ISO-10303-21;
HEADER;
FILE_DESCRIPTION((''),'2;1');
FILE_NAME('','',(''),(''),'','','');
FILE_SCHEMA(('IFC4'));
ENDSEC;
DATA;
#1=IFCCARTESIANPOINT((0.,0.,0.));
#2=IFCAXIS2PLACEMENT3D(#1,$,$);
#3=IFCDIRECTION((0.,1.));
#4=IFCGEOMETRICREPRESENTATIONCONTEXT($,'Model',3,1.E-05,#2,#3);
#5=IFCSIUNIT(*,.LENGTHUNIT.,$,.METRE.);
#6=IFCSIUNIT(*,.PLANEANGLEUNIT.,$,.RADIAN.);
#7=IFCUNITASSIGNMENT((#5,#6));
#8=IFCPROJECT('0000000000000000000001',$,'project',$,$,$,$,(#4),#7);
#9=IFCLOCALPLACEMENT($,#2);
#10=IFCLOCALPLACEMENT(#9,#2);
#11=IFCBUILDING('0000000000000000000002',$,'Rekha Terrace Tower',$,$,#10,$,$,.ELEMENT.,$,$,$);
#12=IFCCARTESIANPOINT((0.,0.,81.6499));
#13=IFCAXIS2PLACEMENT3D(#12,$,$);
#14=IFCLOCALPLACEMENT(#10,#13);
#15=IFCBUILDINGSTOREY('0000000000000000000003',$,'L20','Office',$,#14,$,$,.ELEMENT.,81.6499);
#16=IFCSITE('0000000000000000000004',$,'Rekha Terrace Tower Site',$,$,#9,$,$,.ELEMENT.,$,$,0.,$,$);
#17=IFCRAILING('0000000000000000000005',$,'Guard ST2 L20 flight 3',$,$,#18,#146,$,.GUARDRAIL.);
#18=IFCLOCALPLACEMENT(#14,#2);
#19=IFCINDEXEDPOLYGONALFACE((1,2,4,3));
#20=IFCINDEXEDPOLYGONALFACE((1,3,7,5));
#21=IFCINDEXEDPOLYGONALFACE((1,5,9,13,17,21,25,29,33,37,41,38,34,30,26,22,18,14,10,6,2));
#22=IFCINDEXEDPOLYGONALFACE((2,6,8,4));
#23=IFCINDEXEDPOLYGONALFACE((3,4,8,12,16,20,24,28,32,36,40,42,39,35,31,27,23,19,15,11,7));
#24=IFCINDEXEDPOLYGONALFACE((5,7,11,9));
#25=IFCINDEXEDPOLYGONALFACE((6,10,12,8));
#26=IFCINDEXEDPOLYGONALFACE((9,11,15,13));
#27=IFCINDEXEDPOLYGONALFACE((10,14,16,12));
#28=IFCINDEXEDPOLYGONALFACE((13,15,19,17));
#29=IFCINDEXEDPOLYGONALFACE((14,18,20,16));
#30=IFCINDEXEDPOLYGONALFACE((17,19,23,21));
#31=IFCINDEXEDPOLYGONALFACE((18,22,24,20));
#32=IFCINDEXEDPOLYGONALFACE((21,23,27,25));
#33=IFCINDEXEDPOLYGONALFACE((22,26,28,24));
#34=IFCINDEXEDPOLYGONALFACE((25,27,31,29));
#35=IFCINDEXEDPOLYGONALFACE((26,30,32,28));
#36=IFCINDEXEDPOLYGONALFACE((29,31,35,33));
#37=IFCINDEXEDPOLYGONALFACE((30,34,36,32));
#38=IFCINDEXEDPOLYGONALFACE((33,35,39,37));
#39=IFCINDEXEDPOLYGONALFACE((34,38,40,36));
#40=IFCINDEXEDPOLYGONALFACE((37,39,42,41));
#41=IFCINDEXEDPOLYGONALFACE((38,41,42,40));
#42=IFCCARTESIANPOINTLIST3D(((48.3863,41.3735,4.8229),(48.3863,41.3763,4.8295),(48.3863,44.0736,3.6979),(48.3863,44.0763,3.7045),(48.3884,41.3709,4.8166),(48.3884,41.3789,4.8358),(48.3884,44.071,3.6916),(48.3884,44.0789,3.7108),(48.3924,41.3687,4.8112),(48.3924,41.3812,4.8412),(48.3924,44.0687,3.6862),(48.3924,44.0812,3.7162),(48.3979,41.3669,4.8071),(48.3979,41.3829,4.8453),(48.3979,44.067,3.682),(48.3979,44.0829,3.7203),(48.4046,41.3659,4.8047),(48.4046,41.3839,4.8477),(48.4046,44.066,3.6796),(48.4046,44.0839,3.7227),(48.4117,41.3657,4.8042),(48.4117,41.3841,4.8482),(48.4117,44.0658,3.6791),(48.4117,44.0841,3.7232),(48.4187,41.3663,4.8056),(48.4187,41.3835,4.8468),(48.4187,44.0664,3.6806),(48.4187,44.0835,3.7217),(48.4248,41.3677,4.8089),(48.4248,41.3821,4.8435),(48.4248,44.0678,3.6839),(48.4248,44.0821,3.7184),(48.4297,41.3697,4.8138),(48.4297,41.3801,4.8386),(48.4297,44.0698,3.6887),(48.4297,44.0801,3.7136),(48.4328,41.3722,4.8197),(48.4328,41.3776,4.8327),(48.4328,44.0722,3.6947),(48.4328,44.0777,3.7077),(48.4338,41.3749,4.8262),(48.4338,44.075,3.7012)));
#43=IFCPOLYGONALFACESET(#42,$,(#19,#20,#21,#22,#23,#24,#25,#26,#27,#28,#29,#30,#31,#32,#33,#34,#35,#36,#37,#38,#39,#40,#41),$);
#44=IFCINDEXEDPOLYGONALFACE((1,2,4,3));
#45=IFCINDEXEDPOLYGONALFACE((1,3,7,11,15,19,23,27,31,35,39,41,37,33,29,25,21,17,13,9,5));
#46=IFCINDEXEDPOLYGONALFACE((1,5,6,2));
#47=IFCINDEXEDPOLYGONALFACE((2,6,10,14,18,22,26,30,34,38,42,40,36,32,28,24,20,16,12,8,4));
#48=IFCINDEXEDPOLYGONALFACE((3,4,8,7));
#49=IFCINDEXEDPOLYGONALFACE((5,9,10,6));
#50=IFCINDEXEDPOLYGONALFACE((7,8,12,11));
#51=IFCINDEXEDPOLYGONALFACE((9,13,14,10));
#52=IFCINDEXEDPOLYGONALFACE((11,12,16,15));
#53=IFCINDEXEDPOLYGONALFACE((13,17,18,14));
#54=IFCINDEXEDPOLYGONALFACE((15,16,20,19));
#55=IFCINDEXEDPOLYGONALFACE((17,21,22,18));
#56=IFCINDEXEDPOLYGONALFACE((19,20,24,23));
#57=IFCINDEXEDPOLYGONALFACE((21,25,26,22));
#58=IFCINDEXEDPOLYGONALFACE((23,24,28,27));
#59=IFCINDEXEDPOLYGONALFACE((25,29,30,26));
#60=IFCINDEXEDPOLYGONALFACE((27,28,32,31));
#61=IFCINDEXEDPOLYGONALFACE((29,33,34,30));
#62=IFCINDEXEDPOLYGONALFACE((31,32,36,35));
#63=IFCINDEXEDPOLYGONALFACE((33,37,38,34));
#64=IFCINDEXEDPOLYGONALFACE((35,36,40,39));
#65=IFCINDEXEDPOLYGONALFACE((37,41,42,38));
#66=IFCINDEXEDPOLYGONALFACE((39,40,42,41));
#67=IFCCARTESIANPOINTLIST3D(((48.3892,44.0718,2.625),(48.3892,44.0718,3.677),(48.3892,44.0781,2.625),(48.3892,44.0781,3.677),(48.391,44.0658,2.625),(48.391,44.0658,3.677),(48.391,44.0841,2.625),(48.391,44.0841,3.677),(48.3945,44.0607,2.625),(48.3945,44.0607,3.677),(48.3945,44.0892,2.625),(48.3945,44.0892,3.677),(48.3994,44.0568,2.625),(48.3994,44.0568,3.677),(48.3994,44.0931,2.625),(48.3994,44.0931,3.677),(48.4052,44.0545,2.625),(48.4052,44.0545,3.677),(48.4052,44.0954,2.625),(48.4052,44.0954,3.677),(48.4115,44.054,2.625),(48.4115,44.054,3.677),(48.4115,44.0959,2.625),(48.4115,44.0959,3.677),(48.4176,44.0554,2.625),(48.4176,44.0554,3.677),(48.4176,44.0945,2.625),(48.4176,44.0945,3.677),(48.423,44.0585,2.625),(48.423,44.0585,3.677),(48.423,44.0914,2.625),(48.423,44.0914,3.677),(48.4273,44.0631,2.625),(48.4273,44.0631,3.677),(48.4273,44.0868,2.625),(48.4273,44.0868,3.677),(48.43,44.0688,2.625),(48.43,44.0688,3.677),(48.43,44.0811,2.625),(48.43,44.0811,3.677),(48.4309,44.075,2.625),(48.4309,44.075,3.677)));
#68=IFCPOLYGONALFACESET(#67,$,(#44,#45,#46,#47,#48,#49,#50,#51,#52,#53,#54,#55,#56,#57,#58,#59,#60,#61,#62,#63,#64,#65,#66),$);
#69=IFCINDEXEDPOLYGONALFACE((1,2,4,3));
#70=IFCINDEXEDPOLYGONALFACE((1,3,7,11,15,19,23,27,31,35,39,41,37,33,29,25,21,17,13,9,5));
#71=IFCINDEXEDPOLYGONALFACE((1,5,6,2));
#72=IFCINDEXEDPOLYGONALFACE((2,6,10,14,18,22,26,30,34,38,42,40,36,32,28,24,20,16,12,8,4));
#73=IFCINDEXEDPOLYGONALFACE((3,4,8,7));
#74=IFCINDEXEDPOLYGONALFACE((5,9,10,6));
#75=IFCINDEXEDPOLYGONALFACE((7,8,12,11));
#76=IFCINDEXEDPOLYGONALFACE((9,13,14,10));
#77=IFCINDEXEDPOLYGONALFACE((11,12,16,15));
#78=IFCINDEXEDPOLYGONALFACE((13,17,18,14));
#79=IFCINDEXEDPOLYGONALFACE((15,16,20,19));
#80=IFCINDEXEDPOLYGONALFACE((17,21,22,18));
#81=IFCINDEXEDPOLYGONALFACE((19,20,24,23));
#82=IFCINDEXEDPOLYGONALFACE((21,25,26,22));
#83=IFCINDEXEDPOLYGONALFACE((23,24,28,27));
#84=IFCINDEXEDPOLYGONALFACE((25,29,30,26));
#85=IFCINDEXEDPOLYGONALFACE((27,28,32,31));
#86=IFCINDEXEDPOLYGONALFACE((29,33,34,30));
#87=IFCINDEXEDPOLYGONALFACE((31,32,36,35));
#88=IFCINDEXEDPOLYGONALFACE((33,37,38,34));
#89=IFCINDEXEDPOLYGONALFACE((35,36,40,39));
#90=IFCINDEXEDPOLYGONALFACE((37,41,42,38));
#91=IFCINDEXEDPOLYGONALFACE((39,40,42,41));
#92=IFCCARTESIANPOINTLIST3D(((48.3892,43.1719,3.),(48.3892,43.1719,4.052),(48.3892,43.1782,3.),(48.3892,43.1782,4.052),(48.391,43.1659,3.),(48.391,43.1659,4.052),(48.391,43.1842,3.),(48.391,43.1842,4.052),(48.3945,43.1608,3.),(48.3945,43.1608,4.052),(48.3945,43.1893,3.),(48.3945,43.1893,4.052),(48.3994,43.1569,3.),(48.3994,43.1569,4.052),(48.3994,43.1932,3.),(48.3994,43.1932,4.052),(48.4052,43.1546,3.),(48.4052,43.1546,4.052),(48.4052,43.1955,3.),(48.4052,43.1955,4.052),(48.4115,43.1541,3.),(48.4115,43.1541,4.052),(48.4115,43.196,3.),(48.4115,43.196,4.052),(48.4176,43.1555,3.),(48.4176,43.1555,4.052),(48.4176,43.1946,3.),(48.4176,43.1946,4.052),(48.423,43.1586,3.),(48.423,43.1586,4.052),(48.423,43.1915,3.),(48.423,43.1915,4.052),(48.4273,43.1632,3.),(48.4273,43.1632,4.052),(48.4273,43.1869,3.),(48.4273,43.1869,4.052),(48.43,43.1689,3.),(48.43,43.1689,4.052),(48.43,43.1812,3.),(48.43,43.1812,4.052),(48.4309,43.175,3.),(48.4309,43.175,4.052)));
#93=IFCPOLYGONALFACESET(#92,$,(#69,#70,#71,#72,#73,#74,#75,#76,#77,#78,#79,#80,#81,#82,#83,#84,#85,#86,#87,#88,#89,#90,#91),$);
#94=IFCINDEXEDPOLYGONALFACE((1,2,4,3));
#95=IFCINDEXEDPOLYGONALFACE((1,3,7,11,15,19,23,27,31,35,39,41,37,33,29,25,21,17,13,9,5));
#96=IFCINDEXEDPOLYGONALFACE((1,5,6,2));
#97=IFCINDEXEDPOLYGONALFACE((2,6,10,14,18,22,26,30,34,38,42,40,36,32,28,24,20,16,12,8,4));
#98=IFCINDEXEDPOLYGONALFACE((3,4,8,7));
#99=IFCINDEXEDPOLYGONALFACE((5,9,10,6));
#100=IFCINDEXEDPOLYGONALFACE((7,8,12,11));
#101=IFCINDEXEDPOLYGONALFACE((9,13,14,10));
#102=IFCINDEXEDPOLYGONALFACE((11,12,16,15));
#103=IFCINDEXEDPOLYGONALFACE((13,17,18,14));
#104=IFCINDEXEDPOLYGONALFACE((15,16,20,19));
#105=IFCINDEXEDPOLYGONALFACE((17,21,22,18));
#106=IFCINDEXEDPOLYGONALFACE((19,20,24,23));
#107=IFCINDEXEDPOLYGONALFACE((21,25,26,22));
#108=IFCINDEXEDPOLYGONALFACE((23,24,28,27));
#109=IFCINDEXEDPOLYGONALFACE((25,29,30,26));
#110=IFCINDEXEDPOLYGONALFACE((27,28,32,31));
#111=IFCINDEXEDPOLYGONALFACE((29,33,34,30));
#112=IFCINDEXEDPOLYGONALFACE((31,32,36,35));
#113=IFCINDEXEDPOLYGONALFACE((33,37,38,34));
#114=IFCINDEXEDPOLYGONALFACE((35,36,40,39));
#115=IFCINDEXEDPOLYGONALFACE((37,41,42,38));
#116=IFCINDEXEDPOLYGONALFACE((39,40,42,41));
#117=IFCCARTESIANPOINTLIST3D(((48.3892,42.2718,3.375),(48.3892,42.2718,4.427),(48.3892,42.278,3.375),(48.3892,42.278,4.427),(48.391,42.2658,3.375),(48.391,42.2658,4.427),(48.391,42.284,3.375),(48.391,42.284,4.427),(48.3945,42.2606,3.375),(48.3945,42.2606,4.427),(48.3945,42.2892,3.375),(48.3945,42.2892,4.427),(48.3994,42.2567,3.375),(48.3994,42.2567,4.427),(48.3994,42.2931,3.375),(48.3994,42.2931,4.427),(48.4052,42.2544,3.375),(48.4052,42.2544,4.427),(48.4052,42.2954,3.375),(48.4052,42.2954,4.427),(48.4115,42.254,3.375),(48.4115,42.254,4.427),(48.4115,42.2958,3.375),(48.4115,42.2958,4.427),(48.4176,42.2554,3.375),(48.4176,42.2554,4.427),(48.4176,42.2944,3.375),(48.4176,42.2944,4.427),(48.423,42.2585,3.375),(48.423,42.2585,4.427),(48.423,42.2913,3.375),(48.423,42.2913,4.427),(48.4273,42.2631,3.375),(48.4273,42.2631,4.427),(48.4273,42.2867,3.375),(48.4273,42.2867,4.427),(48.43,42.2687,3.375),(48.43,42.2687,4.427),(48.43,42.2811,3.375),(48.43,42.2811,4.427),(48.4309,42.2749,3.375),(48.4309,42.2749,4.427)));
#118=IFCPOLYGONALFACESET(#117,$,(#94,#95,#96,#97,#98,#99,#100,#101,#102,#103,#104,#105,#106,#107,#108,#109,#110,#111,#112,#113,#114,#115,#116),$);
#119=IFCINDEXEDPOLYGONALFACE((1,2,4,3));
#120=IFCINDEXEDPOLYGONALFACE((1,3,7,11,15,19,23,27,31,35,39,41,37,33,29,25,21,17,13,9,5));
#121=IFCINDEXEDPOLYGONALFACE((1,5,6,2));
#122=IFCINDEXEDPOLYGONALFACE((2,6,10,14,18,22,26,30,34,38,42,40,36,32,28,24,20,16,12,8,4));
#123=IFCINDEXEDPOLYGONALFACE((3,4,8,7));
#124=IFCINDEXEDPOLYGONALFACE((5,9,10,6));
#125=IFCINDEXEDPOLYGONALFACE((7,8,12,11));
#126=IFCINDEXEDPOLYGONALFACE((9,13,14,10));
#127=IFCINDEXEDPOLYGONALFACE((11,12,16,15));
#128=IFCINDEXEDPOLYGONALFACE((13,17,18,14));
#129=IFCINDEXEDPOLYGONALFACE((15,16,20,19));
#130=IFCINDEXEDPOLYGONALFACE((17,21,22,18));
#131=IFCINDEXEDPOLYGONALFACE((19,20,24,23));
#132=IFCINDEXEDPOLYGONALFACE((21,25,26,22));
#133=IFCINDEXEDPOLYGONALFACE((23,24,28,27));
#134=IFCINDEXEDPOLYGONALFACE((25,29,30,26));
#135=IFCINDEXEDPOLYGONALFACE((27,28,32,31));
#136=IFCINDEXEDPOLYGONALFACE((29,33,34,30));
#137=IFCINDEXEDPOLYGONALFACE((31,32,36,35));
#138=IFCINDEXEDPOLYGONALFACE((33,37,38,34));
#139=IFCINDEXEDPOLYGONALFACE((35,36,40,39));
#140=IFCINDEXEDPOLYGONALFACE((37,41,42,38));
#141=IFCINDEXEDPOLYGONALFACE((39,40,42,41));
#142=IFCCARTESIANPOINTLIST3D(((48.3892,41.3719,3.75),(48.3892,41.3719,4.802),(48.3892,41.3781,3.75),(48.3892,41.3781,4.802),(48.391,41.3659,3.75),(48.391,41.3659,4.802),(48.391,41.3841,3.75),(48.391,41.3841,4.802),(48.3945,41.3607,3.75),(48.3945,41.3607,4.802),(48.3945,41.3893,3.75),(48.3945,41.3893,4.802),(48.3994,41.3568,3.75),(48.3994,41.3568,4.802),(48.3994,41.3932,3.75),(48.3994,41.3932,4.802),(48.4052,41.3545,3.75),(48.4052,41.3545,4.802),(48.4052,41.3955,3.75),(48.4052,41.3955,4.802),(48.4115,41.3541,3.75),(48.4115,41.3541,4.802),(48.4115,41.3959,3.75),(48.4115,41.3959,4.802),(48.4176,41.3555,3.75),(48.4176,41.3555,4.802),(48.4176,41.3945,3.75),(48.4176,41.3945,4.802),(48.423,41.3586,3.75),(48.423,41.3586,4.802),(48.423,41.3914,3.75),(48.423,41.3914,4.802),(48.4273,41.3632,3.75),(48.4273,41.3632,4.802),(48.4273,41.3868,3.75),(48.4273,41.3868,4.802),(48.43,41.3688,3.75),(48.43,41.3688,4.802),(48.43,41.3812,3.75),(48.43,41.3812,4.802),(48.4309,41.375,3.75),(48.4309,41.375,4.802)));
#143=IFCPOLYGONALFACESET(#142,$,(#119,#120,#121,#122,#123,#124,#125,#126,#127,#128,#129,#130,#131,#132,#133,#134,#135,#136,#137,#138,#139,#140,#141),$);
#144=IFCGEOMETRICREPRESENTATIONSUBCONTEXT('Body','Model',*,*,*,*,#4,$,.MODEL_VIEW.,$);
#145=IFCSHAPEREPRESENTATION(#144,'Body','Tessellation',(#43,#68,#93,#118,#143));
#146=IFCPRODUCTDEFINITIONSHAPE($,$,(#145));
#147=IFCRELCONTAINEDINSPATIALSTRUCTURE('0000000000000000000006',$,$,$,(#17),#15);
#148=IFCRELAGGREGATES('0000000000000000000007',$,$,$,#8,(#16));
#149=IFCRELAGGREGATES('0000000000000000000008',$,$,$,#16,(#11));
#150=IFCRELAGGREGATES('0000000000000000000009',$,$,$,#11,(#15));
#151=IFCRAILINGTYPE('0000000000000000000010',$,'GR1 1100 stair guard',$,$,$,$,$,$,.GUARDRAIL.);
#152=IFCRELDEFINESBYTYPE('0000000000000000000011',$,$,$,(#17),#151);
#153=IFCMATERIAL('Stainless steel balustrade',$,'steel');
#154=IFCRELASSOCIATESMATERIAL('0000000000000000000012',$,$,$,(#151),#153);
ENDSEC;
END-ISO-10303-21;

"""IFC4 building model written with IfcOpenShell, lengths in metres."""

from ifc_helpers import new_model, si_unit, direction, frame, origin, origin_2d, place, context, subcontext, project, spatial, circle, extrude, material, type_object, element, save


model = new_model("IFC4")

# Units and contexts
model_context = context("Model", 3, precision=1e-05, world=origin(), true_north=direction((0.0, 1.0)))
body_context = subcontext(model_context, "Body", "Model", "MODEL_VIEW")
ifc_project = project(units=[si_unit("LENGTHUNIT", "METRE"), si_unit("PLANEANGLEUNIT", "RADIAN")], contexts=[model_context])

# Site, building, storey
site_placement = place(None, origin())
site = spatial("IfcSite", under=ifc_project, at=site_placement, Name="Rekha Terrace Tower Site", CompositionType="ELEMENT", RefElevation=0.0)
building_placement = place(site_placement, origin())
building = spatial("IfcBuilding", under=site, at=building_placement, Name="Rekha Terrace Tower", CompositionType="ELEMENT")
storey_placement = place(building_placement, frame((0.0, 0.0, 81.6499)))
storey = spatial("IfcBuildingStorey", under=building, at=storey_placement, Name="L20", Description="Office", CompositionType="ELEMENT", Elevation=81.6499)

# Railing
ifc_material_1 = material(Name="Stainless steel balustrade", Category="steel")
railing_type_1 = type_object("IfcRailingType", Name="GR1 1100 stair guard", PredefinedType="GUARDRAIL", material=ifc_material_1)
railing_1_placement = place(storey_placement, frame((48.4099, 44.075, 2.625)))
element("IfcRailing", 1, at=railing_1_placement, inside=storey, type_object=railing_type_1, Name="Guard ST2 L20 flight 3", PredefinedType="GUARDRAIL", context=body_context, shape_type="SweptSolid", body=[
    extrude(circle(Radius=0.0239, at=origin_2d()), frame((0.0, 0.0, 1.0762), z_axis=(0.0, -0.923074, 0.384621), x_axis=(1.0, 0.0, 0.0)), (0.0, 0.0, 1.0), 2.925),
    extrude(circle(Radius=0.021, at=origin_2d()), origin(), (0.0, 0.0, 1.0), 1.052),
    extrude(circle(Radius=0.021, at=origin_2d()), frame((0.0, -0.8999, 0.375)), (0.0, 0.0, 1.0), 1.052),
    extrude(circle(Radius=0.021, at=origin_2d()), frame((0.0, -1.8, 0.75)), (0.0, 0.0, 1.0), 1.052),
    extrude(circle(Radius=0.021, at=origin_2d()), frame((0.0, -2.7, 1.125)), (0.0, 0.0, 1.0), 1.052),
])

save(model, "model.ifc")
